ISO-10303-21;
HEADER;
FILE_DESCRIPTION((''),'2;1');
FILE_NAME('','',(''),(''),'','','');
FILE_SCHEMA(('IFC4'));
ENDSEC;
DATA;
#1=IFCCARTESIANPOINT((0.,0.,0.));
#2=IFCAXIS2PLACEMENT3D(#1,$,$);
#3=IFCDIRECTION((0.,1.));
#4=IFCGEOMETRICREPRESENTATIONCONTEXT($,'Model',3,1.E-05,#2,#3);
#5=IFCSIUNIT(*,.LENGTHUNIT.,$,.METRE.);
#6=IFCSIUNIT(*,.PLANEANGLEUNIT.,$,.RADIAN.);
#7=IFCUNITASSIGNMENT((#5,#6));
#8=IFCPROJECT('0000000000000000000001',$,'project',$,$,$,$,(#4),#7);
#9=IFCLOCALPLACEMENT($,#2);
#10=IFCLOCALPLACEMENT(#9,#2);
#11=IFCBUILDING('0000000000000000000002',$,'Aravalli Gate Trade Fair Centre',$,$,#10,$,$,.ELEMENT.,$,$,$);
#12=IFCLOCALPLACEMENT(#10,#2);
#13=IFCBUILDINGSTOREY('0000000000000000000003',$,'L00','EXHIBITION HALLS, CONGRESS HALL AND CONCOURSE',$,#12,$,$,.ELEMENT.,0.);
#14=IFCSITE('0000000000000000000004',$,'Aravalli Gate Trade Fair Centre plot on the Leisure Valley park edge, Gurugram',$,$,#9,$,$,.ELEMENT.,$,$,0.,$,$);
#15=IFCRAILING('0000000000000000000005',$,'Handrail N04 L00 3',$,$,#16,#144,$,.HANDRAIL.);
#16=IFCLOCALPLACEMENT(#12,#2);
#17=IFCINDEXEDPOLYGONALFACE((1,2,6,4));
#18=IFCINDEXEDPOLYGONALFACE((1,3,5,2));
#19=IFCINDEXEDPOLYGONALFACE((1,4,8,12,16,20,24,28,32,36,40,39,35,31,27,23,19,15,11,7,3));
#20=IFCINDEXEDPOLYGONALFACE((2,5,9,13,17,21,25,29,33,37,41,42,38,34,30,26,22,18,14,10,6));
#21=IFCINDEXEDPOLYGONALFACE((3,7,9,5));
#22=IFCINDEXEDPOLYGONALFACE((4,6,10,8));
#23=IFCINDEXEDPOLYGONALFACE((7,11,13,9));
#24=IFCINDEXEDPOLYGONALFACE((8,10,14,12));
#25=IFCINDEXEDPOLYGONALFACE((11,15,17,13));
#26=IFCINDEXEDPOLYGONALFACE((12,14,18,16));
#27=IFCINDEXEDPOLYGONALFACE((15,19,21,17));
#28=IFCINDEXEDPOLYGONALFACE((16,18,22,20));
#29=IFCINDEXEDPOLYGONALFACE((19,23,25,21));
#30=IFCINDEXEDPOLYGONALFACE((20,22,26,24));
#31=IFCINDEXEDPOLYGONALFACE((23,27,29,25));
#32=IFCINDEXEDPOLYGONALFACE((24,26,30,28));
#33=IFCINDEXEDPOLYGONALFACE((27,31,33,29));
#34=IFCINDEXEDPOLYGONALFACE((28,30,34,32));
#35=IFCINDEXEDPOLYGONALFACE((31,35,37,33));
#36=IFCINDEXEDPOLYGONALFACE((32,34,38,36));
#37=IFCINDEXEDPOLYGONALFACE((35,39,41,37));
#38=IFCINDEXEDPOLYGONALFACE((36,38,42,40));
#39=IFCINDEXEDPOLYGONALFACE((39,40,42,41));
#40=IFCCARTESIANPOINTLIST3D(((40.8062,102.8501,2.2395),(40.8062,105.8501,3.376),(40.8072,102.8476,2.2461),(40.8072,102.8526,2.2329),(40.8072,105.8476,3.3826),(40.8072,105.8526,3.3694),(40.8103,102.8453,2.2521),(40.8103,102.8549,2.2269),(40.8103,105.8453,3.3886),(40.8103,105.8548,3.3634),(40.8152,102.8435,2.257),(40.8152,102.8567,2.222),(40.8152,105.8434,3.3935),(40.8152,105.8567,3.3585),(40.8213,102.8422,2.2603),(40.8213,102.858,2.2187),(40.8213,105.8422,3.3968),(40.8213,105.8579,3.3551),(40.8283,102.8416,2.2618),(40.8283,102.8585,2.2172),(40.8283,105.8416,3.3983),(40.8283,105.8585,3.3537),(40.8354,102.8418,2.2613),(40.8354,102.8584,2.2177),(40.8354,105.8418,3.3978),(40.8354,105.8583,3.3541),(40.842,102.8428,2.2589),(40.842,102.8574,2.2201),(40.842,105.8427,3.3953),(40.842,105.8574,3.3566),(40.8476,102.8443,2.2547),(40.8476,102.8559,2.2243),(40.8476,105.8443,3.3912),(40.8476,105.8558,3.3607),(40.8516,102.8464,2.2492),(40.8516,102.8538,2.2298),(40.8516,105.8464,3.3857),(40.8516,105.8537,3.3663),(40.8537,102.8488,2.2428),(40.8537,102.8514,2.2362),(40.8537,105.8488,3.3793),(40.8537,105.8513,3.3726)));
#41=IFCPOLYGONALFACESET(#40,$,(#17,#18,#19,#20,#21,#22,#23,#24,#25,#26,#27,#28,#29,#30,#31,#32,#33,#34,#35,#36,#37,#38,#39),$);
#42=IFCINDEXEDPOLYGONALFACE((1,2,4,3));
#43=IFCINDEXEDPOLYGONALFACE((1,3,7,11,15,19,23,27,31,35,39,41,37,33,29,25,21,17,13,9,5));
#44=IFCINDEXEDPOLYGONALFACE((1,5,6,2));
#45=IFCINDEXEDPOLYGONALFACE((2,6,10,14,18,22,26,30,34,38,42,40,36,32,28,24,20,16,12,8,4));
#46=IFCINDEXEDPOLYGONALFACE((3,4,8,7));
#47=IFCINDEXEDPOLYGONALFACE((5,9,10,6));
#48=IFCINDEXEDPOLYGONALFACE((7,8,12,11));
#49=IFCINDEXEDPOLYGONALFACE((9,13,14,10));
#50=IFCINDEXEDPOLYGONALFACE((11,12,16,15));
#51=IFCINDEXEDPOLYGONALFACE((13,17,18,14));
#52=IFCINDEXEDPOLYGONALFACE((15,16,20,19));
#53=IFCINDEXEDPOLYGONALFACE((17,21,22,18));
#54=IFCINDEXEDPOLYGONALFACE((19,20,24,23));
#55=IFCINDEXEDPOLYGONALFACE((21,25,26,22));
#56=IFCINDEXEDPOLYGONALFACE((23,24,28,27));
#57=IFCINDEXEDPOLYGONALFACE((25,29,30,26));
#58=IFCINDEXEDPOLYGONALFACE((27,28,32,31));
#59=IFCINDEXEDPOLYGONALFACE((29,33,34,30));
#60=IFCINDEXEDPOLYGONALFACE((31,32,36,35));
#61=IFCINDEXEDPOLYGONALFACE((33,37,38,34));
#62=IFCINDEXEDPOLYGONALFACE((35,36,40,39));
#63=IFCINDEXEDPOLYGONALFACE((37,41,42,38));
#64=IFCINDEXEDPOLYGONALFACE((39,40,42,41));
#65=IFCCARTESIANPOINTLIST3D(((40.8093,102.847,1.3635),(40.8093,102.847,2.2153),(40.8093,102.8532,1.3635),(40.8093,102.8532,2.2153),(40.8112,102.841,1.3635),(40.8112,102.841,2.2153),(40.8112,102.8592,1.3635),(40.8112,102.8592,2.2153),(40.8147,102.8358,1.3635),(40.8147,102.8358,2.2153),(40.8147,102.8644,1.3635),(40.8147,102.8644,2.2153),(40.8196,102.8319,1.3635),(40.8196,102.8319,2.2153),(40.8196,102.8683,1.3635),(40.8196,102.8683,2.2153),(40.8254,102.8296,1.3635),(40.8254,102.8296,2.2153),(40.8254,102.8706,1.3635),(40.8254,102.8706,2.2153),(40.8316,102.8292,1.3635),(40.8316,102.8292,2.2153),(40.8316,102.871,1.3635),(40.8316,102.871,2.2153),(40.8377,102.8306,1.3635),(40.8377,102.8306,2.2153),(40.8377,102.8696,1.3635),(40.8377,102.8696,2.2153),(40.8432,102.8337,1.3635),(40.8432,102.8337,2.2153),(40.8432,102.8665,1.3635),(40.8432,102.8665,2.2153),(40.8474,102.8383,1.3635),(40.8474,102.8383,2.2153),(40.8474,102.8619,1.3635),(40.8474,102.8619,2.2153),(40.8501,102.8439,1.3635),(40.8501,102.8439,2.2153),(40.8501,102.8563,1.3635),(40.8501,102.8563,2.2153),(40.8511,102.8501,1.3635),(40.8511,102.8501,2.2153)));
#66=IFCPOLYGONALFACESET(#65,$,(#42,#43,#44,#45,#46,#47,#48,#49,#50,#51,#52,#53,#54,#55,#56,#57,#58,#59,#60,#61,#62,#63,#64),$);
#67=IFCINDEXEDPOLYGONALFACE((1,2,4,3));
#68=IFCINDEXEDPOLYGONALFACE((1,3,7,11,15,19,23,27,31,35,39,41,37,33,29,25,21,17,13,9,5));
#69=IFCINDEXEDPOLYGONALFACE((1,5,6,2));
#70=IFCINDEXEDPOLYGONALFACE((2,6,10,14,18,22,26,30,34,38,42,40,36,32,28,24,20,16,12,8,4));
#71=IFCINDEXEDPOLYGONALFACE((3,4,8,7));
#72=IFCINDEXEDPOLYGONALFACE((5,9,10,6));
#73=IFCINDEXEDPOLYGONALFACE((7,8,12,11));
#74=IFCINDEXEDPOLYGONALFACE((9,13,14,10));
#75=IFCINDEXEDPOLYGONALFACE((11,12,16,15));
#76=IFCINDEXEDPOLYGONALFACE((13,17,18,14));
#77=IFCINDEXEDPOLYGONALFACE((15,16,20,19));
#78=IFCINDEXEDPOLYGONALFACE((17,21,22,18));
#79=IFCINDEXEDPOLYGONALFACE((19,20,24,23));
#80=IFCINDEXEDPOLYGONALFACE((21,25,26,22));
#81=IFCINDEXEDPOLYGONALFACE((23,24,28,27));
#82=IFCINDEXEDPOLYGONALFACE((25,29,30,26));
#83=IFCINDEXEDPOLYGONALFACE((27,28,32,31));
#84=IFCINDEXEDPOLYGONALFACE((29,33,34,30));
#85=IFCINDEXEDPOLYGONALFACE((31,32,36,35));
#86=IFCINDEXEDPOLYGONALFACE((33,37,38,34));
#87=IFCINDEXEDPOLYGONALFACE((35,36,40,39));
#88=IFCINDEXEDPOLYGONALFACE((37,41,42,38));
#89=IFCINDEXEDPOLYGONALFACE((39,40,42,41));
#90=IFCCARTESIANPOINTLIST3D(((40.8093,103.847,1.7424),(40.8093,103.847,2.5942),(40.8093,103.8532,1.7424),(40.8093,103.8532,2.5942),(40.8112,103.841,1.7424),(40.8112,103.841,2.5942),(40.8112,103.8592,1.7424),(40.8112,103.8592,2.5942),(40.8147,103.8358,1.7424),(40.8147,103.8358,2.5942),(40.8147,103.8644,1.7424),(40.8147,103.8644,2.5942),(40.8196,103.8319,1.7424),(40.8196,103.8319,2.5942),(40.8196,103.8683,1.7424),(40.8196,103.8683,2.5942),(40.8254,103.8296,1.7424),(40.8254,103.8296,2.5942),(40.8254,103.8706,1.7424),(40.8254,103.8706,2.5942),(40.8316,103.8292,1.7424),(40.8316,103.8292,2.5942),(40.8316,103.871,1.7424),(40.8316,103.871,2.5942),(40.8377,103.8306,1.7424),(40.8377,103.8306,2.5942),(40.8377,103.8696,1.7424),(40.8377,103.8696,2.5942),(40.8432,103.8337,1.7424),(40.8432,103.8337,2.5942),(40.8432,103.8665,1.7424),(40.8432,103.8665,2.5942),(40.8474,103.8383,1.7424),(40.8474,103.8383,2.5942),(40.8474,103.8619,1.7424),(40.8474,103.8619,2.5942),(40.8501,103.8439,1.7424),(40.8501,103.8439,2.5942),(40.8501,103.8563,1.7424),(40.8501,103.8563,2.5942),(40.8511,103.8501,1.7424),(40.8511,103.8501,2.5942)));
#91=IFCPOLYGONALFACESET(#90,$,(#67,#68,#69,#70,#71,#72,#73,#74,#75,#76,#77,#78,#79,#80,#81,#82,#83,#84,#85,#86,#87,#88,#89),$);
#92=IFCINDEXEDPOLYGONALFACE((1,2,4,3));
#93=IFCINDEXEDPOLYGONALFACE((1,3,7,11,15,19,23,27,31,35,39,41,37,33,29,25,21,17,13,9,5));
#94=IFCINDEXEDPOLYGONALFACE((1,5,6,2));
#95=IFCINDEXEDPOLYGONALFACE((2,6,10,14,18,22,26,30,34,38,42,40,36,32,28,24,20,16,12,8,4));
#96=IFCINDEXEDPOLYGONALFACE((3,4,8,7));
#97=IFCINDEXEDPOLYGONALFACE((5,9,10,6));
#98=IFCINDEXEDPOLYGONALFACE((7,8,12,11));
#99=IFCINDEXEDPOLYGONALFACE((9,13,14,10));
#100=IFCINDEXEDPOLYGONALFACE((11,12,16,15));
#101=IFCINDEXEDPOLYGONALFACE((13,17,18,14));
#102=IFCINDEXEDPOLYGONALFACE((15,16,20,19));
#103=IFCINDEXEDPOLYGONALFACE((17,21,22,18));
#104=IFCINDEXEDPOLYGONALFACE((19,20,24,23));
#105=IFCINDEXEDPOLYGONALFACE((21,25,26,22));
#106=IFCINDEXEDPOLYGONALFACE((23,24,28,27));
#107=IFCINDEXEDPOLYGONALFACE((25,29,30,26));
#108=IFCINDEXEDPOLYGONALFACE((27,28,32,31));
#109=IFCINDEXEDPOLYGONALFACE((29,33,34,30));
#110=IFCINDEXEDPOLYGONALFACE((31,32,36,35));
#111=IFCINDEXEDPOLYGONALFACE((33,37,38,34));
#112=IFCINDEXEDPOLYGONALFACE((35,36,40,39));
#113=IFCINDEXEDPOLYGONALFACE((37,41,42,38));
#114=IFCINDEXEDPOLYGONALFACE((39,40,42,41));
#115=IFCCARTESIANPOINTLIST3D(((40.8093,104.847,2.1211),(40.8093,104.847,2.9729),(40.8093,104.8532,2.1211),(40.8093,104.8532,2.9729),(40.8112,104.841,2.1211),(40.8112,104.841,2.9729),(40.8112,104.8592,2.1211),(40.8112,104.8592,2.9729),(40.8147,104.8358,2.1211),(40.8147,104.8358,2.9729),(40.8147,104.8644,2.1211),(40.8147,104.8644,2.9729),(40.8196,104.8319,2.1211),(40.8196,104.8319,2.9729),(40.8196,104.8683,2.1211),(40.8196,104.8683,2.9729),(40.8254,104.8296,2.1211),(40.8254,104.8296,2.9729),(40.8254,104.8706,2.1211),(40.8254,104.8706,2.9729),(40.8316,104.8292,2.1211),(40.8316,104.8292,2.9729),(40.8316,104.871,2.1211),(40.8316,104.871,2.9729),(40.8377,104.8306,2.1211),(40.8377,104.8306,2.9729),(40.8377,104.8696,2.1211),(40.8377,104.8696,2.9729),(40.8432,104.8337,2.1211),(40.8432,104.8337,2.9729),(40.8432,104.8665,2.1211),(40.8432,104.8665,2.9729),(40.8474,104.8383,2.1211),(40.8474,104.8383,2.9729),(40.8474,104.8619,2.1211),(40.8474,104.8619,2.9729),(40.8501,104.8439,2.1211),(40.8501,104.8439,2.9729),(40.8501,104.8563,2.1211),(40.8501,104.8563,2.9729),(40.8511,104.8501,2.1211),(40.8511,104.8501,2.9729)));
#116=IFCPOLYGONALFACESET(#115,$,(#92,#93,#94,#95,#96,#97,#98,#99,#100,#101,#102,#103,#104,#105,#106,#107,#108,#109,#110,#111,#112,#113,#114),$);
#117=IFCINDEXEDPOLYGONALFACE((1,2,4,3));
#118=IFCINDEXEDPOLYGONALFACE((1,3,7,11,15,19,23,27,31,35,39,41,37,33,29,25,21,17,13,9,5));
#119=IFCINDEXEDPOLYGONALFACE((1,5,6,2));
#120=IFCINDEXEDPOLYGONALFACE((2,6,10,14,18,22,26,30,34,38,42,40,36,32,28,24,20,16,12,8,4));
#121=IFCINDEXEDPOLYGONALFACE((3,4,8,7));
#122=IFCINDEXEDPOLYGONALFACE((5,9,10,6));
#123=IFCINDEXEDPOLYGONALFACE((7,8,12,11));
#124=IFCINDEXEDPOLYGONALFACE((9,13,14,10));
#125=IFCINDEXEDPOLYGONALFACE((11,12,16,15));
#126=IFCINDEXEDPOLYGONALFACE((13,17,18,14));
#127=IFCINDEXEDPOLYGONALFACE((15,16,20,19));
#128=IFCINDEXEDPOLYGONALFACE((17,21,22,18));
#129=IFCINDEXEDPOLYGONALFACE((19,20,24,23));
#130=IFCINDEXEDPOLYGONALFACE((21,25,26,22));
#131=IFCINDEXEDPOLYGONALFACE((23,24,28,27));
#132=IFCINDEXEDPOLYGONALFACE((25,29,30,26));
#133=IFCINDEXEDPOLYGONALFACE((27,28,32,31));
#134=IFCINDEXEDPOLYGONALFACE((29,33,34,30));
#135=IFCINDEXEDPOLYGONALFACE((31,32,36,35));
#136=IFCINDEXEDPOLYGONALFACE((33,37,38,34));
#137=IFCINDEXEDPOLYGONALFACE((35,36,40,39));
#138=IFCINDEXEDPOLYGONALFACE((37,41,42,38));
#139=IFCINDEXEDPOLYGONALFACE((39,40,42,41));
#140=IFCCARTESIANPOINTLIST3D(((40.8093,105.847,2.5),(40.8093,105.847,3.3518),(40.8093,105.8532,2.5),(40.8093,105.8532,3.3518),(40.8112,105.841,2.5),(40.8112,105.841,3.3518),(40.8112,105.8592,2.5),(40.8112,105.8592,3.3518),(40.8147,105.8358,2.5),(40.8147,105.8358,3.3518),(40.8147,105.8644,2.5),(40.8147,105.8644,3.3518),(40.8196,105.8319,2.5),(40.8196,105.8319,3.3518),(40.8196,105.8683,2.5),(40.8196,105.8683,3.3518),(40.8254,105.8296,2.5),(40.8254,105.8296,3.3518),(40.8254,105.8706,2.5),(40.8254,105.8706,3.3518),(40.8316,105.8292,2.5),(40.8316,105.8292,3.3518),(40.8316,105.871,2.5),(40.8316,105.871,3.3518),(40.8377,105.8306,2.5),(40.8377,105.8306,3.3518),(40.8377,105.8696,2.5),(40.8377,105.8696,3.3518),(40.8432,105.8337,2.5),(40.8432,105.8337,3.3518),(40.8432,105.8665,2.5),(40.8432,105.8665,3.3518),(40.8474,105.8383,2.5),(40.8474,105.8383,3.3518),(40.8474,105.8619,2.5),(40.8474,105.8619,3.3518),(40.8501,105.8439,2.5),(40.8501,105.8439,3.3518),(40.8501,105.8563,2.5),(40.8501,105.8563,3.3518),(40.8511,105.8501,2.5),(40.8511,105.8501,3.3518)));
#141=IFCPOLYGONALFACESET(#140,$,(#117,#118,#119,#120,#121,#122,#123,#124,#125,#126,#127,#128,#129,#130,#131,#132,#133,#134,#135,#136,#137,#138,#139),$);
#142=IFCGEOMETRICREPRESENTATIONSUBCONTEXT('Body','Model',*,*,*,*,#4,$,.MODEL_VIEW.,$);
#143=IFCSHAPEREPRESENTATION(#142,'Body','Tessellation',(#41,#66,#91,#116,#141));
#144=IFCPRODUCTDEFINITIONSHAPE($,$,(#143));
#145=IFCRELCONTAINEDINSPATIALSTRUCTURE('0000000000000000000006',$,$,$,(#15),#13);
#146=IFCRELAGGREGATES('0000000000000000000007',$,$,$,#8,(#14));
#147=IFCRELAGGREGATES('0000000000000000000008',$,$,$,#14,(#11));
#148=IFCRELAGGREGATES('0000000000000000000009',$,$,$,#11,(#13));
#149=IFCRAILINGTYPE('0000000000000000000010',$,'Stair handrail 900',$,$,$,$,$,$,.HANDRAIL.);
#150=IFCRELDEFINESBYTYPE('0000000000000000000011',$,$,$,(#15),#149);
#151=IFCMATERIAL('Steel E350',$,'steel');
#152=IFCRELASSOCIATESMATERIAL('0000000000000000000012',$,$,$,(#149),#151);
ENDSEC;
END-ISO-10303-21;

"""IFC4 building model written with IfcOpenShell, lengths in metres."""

from ifc_helpers import new_model, si_unit, direction, frame, origin, origin_2d, place, context, subcontext, project, spatial, circle, extrude, material, type_object, element, save


model = new_model("IFC4")

# Units and contexts
model_context = context("Model", 3, precision=1e-05, world=origin(), true_north=direction((0.0, 1.0)))
body_context = subcontext(model_context, "Body", "Model", "MODEL_VIEW")
ifc_project = project(units=[si_unit("LENGTHUNIT", "METRE"), si_unit("PLANEANGLEUNIT", "RADIAN")], contexts=[model_context])

# Site, building, storey
site_placement = place(None, origin())
site = spatial("IfcSite", under=ifc_project, at=site_placement, Name="Aravalli Gate Trade Fair Centre plot on the Leisure Valley park edge, Gurugram", CompositionType="ELEMENT", RefElevation=0.0)
building_placement = place(site_placement, origin())
building = spatial("IfcBuilding", under=site, at=building_placement, Name="Aravalli Gate Trade Fair Centre", CompositionType="ELEMENT")
storey_placement = place(building_placement, origin())
storey = spatial("IfcBuildingStorey", under=building, at=storey_placement, Name="L00", Description="EXHIBITION HALLS, CONGRESS HALL AND CONCOURSE", CompositionType="ELEMENT", Elevation=0.0)

# Railing
ifc_material_1 = material(Name="Steel E350", Category="steel")
railing_type = type_object("IfcRailingType", Name="Stair handrail 900", PredefinedType="HANDRAIL", material=ifc_material_1)
for number, where, name in (
    (1, (40.8301, 102.8501, 1.3635), "Handrail N04 L00 3"),
):
    element("IfcRailing", number, at=place(storey_placement, frame(where)), inside=storey, type_object=railing_type, Name=name, PredefinedType="HANDRAIL", context=body_context, shape_type="SweptSolid", body=[
        extrude(circle(Radius=0.0239, at=origin_2d()), frame((0.0, 0.0, 0.876), z_axis=(0.0, 0.935148, 0.354257), x_axis=(-1.0, 0.0, 0.0)), (0.0, 0.0, 1.0), 3.208),
        extrude(circle(Radius=0.021, at=origin_2d()), origin(), (0.0, 0.0, 1.0), 0.8518),
        extrude(circle(Radius=0.021, at=origin_2d()), frame((0.0, 1.0, 0.3789)), (0.0, 0.0, 1.0), 0.8518),
        extrude(circle(Radius=0.021, at=origin_2d()), frame((0.0, 2.0, 0.7576)), (0.0, 0.0, 1.0), 0.8518),
        extrude(circle(Radius=0.021, at=origin_2d()), frame((0.0, 3.0, 1.1365)), (0.0, 0.0, 1.0), 0.8518),
    ])

save(model, "model.ifc")
